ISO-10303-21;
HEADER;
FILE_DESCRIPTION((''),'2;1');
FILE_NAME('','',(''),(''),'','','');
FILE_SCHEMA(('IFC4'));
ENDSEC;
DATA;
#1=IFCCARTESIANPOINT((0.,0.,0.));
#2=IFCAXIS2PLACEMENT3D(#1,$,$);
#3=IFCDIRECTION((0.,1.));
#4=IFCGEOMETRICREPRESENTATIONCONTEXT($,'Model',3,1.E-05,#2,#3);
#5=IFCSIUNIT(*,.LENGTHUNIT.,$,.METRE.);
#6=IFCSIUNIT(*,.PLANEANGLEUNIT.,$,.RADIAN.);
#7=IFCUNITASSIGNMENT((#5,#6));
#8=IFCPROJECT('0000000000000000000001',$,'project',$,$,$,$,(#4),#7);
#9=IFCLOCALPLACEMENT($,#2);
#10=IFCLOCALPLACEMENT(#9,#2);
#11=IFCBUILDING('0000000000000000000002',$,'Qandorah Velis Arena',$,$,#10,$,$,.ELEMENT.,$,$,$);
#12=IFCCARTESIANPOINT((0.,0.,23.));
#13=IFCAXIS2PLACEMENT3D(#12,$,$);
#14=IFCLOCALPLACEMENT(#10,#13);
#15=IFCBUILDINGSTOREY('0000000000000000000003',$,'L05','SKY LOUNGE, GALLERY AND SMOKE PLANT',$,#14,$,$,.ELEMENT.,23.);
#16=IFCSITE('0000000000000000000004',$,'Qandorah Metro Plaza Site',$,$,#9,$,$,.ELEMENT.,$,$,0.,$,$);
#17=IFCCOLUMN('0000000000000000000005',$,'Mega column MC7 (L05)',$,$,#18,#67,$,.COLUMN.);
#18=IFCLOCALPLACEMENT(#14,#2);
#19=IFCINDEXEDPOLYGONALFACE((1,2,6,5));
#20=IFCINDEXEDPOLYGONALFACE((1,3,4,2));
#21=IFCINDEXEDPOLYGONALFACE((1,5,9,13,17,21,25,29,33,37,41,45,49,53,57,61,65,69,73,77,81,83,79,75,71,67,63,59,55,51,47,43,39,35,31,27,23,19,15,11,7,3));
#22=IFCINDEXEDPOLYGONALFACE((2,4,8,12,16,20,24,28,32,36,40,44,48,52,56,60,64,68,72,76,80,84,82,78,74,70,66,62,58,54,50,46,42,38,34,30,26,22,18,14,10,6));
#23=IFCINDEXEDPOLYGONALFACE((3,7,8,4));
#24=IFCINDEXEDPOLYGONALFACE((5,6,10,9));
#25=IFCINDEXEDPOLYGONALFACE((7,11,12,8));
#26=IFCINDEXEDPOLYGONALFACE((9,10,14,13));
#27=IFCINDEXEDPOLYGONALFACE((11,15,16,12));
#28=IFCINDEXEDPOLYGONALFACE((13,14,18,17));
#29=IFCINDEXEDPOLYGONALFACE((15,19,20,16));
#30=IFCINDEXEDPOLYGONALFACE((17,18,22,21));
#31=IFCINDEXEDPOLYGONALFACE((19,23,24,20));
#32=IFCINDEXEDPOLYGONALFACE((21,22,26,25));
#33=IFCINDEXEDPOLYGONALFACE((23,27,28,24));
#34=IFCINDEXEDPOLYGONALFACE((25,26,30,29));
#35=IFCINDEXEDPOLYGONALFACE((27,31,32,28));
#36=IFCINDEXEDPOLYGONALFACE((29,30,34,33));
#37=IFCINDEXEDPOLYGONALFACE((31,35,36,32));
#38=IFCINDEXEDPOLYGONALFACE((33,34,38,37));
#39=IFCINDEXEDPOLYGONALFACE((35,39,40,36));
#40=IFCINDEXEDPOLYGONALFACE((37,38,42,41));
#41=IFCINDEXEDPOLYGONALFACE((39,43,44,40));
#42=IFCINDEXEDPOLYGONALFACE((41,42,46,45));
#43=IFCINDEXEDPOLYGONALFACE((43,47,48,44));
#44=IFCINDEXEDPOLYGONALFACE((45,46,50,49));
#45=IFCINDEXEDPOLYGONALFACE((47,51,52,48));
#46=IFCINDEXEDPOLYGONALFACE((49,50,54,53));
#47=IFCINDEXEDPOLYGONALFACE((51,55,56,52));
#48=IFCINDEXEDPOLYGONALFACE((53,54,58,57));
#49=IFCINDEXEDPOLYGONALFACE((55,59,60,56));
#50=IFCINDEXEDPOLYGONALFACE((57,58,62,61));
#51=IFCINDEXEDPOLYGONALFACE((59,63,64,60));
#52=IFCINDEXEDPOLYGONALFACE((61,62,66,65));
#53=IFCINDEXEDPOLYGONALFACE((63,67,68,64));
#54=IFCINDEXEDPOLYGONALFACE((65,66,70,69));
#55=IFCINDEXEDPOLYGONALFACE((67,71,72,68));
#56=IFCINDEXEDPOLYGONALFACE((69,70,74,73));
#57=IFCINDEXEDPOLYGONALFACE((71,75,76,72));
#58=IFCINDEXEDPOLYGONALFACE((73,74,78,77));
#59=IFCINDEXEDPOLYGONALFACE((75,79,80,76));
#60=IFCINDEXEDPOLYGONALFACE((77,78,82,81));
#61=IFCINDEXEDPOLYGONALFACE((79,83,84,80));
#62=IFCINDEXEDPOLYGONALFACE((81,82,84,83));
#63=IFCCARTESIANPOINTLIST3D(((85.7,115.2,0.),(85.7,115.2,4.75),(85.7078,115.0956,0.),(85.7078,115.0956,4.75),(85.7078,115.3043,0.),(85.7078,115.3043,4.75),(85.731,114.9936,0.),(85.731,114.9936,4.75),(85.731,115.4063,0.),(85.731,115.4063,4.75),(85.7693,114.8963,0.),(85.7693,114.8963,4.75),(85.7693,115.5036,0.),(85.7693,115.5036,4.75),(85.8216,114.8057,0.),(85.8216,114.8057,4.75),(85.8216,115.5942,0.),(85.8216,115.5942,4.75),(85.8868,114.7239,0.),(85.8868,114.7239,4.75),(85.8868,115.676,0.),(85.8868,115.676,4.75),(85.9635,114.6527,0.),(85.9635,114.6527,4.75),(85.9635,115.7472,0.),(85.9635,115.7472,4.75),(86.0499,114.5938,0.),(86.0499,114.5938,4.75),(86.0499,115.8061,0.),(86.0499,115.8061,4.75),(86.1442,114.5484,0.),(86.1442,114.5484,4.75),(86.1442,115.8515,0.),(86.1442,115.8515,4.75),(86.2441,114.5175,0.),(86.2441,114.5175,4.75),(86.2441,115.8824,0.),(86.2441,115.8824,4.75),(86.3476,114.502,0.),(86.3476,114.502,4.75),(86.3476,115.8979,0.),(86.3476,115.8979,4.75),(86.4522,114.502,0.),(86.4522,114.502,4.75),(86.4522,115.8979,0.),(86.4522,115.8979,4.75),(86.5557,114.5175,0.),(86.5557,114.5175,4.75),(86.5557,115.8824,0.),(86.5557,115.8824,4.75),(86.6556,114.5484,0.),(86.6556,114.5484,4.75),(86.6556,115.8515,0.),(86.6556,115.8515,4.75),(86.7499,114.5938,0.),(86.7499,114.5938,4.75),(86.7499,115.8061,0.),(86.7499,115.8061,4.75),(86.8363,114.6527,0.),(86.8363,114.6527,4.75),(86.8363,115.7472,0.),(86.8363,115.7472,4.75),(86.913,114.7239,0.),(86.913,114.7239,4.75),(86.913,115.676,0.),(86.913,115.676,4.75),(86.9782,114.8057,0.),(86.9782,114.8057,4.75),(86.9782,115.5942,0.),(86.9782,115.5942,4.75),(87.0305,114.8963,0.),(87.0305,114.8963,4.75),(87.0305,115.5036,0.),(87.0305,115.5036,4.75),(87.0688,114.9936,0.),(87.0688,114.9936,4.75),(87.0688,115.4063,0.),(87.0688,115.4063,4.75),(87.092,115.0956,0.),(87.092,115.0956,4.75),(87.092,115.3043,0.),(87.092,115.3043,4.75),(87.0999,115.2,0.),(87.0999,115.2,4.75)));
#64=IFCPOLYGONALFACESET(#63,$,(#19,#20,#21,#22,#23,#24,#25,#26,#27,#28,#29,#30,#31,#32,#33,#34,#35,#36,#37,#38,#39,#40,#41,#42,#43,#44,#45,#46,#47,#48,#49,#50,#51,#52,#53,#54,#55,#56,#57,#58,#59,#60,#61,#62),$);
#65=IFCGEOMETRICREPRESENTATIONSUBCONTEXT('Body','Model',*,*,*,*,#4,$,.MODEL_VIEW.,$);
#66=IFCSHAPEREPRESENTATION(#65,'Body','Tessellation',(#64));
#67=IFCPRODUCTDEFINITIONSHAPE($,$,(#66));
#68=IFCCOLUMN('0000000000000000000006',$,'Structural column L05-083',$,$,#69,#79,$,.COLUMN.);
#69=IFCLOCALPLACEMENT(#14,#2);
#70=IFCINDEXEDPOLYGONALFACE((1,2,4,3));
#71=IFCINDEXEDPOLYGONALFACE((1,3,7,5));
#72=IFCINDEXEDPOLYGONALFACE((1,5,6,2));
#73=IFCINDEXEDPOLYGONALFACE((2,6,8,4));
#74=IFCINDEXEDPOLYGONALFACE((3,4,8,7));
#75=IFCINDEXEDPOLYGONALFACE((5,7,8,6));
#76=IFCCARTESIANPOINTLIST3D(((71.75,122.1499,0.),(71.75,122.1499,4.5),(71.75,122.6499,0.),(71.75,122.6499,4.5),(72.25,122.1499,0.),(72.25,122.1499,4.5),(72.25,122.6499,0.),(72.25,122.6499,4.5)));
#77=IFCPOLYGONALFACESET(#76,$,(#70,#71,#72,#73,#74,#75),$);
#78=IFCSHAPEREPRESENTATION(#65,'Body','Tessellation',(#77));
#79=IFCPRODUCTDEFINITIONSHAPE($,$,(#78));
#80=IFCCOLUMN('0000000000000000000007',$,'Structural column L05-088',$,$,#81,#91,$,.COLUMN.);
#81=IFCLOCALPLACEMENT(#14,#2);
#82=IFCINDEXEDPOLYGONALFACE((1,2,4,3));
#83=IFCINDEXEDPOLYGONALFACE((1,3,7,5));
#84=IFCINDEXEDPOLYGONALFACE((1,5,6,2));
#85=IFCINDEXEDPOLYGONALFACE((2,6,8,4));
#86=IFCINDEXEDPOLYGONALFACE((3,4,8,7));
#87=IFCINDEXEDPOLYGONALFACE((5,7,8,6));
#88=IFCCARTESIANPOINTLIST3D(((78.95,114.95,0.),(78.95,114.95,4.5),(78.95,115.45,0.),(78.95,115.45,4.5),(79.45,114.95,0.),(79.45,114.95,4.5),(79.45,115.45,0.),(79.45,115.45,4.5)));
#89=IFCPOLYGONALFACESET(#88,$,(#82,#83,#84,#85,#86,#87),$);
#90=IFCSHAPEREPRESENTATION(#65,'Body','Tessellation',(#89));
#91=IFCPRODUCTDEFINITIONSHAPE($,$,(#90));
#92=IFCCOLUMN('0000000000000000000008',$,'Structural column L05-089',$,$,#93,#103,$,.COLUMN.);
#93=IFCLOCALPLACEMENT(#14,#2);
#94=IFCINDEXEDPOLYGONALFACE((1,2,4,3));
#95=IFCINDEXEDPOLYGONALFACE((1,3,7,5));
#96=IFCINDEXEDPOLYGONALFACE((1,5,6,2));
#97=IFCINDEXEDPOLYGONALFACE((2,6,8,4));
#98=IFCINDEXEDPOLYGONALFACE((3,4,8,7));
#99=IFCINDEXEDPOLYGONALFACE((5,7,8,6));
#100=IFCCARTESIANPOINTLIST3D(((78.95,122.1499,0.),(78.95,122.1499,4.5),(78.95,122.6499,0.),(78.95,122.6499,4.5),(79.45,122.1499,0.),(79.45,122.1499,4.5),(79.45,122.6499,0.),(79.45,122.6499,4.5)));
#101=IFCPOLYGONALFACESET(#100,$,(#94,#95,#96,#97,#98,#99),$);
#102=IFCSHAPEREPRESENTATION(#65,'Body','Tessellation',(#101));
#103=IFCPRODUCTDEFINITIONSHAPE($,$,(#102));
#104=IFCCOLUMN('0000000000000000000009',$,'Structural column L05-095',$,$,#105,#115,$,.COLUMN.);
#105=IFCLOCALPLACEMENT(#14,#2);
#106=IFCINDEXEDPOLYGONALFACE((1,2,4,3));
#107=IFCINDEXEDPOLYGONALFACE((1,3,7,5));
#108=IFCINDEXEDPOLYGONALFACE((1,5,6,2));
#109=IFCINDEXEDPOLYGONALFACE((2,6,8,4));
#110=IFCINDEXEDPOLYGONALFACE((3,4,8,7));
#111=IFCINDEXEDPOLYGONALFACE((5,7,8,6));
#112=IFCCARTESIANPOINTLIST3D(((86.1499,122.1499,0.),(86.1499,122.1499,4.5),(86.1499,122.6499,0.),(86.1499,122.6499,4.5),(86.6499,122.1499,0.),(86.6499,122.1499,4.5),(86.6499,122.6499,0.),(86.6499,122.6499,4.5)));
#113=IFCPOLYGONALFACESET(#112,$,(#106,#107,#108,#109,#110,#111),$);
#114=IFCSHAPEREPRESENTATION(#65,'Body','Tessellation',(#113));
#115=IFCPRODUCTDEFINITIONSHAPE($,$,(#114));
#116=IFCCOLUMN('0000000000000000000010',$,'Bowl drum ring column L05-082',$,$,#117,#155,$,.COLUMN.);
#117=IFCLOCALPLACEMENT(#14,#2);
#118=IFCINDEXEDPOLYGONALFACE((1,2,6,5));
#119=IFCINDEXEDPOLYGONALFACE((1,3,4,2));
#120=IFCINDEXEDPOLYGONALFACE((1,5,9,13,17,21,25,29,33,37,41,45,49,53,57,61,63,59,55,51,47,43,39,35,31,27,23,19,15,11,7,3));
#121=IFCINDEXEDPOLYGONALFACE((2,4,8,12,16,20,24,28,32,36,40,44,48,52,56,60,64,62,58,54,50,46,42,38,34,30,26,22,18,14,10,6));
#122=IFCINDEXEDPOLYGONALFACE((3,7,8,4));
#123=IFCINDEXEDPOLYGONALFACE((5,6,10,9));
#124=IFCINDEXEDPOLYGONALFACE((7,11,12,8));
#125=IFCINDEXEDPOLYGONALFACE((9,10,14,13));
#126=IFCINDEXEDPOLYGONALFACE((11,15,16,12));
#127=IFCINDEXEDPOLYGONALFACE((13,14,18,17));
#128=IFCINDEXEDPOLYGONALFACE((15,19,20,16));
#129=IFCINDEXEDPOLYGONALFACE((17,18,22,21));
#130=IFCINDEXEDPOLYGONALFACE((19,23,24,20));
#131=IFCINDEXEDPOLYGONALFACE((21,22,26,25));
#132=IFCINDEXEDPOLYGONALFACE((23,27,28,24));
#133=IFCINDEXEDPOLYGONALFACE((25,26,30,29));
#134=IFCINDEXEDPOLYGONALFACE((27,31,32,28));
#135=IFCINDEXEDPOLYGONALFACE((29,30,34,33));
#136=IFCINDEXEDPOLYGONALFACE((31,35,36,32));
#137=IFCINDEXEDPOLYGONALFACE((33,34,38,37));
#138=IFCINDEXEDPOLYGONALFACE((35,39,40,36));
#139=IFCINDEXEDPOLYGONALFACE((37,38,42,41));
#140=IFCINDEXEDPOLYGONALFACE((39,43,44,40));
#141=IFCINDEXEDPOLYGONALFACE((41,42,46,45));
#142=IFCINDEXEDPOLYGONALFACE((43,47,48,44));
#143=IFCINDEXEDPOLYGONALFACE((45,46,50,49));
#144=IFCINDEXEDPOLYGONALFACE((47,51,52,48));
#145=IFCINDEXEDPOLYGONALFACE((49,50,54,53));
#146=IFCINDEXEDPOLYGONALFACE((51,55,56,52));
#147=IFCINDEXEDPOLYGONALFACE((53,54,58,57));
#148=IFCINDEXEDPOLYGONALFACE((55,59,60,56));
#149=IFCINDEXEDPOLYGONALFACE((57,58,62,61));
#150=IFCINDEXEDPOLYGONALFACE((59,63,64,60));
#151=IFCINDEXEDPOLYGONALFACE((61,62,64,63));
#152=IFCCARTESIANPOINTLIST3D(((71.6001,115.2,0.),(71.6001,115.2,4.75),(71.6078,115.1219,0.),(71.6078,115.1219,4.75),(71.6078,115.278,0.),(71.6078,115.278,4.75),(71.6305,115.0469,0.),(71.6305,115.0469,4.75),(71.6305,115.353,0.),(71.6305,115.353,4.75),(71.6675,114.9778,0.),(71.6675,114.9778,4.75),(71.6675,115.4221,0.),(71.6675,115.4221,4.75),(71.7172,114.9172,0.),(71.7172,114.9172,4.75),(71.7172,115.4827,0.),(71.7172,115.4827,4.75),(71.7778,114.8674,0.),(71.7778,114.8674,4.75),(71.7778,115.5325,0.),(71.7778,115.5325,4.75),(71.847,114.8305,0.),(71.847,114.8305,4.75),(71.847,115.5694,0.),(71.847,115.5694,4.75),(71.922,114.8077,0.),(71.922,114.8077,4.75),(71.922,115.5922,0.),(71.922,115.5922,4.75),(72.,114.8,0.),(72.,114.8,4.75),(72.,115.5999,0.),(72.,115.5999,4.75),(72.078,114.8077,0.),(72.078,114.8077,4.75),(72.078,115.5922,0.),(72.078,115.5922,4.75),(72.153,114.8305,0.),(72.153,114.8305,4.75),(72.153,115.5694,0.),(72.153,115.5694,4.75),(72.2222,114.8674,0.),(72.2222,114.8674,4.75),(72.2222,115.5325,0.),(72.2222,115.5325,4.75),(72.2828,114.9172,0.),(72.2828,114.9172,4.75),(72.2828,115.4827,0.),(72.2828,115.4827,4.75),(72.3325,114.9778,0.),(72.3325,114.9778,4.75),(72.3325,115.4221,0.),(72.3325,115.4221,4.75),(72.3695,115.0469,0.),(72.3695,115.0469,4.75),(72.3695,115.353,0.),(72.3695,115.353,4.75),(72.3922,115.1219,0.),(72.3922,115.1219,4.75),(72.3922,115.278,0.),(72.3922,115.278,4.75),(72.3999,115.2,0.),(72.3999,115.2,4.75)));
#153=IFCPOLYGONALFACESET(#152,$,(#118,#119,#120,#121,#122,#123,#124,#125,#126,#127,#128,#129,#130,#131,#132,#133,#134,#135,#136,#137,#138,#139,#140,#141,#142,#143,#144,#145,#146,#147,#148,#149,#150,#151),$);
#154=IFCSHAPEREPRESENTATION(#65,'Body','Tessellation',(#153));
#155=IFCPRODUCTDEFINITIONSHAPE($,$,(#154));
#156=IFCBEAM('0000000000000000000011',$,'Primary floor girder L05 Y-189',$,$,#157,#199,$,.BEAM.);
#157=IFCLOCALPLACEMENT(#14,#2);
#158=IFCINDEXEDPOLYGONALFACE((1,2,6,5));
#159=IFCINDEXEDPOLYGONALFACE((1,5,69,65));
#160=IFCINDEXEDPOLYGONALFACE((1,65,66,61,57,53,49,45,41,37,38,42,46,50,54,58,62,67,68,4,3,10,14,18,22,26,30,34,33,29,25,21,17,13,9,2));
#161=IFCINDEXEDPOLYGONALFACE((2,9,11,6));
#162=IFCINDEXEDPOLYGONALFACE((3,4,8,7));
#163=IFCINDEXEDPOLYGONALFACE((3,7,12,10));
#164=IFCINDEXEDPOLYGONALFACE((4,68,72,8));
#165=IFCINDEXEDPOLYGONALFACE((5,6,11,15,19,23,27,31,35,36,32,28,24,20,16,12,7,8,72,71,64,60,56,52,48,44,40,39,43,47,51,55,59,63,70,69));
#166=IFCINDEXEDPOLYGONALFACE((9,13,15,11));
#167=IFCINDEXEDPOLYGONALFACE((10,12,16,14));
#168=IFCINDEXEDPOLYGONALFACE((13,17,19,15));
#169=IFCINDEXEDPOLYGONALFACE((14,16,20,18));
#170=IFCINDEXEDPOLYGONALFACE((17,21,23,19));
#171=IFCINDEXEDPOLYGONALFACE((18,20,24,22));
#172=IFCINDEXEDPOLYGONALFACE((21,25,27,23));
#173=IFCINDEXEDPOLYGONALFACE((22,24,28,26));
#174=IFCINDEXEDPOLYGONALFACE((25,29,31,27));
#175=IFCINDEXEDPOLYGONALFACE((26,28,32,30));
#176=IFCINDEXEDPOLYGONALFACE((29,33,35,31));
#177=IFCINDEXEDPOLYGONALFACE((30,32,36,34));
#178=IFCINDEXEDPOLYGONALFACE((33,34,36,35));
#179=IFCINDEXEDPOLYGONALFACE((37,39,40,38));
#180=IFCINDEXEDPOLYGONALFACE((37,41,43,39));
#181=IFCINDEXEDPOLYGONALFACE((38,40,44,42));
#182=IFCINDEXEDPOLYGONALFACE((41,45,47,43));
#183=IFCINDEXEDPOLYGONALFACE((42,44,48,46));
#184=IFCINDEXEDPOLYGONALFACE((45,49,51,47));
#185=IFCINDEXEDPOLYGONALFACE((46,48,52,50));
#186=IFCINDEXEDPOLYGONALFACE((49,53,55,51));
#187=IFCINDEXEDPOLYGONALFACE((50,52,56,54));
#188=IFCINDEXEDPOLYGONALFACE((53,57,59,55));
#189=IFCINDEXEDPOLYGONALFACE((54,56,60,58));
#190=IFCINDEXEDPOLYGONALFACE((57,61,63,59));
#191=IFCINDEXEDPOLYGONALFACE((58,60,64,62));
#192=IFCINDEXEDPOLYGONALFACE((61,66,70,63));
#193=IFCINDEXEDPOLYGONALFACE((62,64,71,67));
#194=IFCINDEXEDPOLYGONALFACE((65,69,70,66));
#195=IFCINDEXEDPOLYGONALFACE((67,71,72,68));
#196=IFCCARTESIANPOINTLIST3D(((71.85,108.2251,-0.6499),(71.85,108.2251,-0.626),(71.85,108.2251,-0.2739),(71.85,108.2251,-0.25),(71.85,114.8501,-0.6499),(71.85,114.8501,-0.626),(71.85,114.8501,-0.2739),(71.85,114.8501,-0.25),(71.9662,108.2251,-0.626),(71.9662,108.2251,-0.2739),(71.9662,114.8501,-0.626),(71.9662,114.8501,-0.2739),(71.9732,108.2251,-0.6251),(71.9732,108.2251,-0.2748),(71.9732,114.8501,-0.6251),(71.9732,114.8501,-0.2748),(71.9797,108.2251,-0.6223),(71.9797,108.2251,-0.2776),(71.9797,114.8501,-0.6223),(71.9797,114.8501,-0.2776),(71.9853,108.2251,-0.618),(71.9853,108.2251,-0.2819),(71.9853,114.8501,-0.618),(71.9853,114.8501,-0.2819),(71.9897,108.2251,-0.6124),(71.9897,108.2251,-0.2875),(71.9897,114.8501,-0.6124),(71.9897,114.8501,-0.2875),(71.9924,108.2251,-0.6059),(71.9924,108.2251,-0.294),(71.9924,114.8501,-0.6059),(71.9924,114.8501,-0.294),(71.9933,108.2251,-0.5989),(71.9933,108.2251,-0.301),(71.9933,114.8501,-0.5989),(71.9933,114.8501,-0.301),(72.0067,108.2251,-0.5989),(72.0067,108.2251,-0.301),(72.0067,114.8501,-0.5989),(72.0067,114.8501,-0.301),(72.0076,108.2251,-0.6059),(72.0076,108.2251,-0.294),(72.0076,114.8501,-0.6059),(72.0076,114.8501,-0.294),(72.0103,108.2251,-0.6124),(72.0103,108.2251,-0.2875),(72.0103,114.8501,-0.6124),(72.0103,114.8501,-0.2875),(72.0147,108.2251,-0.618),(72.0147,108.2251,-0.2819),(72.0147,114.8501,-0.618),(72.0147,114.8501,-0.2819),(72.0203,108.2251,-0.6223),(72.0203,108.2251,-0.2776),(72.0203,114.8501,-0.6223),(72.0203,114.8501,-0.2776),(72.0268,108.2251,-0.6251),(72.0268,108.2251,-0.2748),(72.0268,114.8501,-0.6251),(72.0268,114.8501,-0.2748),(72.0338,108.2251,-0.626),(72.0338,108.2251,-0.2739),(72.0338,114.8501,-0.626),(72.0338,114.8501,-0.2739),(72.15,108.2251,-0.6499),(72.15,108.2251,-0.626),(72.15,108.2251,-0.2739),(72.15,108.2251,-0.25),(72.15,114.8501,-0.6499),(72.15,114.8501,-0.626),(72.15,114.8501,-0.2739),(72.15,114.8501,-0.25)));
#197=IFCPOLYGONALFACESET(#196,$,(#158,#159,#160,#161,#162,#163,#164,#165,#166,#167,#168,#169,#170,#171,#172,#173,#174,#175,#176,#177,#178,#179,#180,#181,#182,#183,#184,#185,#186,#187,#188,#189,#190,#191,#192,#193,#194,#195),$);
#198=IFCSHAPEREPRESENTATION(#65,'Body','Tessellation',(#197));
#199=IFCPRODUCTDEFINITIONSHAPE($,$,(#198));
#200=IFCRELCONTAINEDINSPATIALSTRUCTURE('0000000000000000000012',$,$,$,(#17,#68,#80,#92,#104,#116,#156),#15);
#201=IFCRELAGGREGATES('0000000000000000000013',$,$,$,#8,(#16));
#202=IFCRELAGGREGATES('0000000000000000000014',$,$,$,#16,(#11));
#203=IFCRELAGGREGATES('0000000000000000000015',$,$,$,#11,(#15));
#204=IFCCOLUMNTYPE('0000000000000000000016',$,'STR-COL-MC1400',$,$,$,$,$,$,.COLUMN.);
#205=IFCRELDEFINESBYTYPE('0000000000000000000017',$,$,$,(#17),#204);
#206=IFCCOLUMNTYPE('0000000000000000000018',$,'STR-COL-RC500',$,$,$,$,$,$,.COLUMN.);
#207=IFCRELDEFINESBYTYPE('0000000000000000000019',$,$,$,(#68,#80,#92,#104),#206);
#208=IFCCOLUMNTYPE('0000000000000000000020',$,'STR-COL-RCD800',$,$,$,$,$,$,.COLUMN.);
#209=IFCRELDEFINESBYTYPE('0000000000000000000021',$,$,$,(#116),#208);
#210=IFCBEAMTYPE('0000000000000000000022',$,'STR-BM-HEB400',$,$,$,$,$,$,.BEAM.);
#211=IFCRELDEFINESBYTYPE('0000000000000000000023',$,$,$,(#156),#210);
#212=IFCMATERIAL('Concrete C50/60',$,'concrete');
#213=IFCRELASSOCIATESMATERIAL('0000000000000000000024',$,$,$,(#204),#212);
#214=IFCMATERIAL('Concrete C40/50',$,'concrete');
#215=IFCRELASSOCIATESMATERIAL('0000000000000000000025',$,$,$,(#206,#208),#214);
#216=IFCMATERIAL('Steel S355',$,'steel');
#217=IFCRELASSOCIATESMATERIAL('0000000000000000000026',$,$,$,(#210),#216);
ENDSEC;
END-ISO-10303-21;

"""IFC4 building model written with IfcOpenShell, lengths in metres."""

from ifc_helpers import new_model, si_unit, direction, frame, origin, origin_2d, place, context, subcontext, project, spatial, rectangle, circle, i_section, extrude, material, material_profile, profile_set, type_object, element, save


model = new_model("IFC4")

# Units and contexts
model_context = context("Model", 3, precision=1e-05, world=origin(), true_north=direction((0.0, 1.0)))
body_context = subcontext(model_context, "Body", "Model", "MODEL_VIEW")
ifc_project = project(units=[si_unit("LENGTHUNIT", "METRE"), si_unit("PLANEANGLEUNIT", "RADIAN")], contexts=[model_context])

# Site, building, storey
site_placement = place(None, origin())
site = spatial("IfcSite", under=ifc_project, at=site_placement, Name="Qandorah Metro Plaza Site", CompositionType="ELEMENT", RefElevation=0.0)
building_placement = place(site_placement, origin())
building = spatial("IfcBuilding", under=site, at=building_placement, Name="Qandorah Velis Arena", CompositionType="ELEMENT")
storey_placement = place(building_placement, frame((0.0, 0.0, 23.0)))
storey = spatial("IfcBuildingStorey", under=building, at=storey_placement, Name="L05", Description="SKY LOUNGE, GALLERY AND SMOKE PLANT", CompositionType="ELEMENT", Elevation=23.0)

# Columns
ifc_material_1 = material(Name="Concrete C50/60", Category="concrete")
ifc_material_profile_1 = material_profile(ifc_material_1, circle(Radius=0.7, at=origin_2d()), Name="MC D1400")
ifc_profile_set_1 = profile_set([ifc_material_profile_1], Name="Concrete C50/60")
column_type_1 = type_object("IfcColumnType", Name="STR-COL-MC1400", PredefinedType="COLUMN", material=ifc_profile_set_1)
column_1_placement = place(storey_placement, frame((86.3999, 115.2, 0.0), z_axis=(0.0, 0.0, 1.0), x_axis=(1.0, 0.0, 0.0)))
element("IfcColumn", 1, at=column_1_placement, inside=storey, type_object=column_type_1, Name="Mega column MC7 (L05)", PredefinedType="COLUMN", context=body_context, shape_type="SweptSolid", body=[
    extrude(circle(Radius=0.7, at=origin_2d()), origin(), (0.0, 0.0, 1.0), 4.75),
])
ifc_material_2 = material(Name="Concrete C40/50", Category="concrete")
ifc_material_profile_2 = material_profile(ifc_material_2, rectangle(XDim=0.5, YDim=0.5, at=origin_2d()), Name="RC COL 500x500")
ifc_profile_set_2 = profile_set([ifc_material_profile_2], Name="Concrete C40/50")
column_type_2 = type_object("IfcColumnType", Name="STR-COL-RC500", PredefinedType="COLUMN", material=ifc_profile_set_2)
for number, where, z_axis, x_axis, name in (
    (2, (72.0, 122.3999, 0.0), (0.0, 0.0, 1.0), (1.0, 0.0, 0.0), "Structural column L05-083"),
    (3, (79.2, 115.2, 0.0), (0.0, 0.0, 1.0), (1.0, 0.0, 0.0), "Structural column L05-088"),
    (4, (79.2, 122.3999, 0.0), (0.0, 0.0, 1.0), (1.0, 0.0, 0.0), "Structural column L05-089"),
    (5, (86.3999, 122.3999, 0.0), (0.0, 0.0, 1.0), (1.0, 0.0, 0.0), "Structural column L05-095"),
):
    element("IfcColumn", number, at=place(storey_placement, frame(where, z_axis=z_axis, x_axis=x_axis)), inside=storey, type_object=column_type_2, Name=name, PredefinedType="COLUMN", context=body_context, shape_type="SweptSolid", body=[
        extrude(rectangle(XDim=0.5, YDim=0.5, at=origin_2d()), origin(), (0.0, 0.0, 1.0), 4.5),
    ])
ifc_material_profile_3 = material_profile(ifc_material_2, circle(Radius=0.3999, at=origin_2d()), Name="RC D800")
ifc_profile_set_3 = profile_set([ifc_material_profile_3], Name="Concrete C40/50")
column_type_3 = type_object("IfcColumnType", Name="STR-COL-RCD800", PredefinedType="COLUMN", material=ifc_profile_set_3)
column_2_placement = place(storey_placement, frame((72.0, 115.2, 0.0), z_axis=(0.0, 0.0, 1.0), x_axis=(1.0, 0.0, 0.0)))
element("IfcColumn", 6, at=column_2_placement, inside=storey, type_object=column_type_3, Name="Bowl drum ring column L05-082", PredefinedType="COLUMN", context=body_context, shape_type="SweptSolid", body=[
    extrude(circle(Radius=0.3999, at=origin_2d()), origin(), (0.0, 0.0, 1.0), 4.75),
])

# Beam
ifc_material_3 = material(Name="Steel S355", Category="steel")
ifc_material_profile_4 = material_profile(ifc_material_3, i_section(OverallWidth=0.3, OverallDepth=0.3999, WebThickness=0.0134, FlangeThickness=0.0239, FilletRadius=0.0271, at=origin_2d()), Name="HEB 400")
ifc_profile_set_4 = profile_set([ifc_material_profile_4], Name="Steel S355")
beam_type_1 = type_object("IfcBeamType", Name="STR-BM-HEB400", PredefinedType="BEAM", material=ifc_profile_set_4)
for number, where, z_axis, x_axis, name in (
    (7, (72.0, 108.2251, -0.45), (0.0, 1.0, 0.0), (-1.0, 0.0, 0.0), "Primary floor girder L05 Y-189"),
):
    element("IfcBeam", number, at=place(storey_placement, frame(where, z_axis=z_axis, x_axis=x_axis)), inside=storey, type_object=beam_type_1, Name=name, PredefinedType="BEAM", context=body_context, shape_type="SweptSolid", body=[
        extrude(i_section(OverallWidth=0.3, OverallDepth=0.3999, WebThickness=0.0134, FlangeThickness=0.0239, FilletRadius=0.0271, at=origin_2d()), origin(), (0.0, 0.0, 1.0), 6.625),
    ])

save(model, "model.ifc")
